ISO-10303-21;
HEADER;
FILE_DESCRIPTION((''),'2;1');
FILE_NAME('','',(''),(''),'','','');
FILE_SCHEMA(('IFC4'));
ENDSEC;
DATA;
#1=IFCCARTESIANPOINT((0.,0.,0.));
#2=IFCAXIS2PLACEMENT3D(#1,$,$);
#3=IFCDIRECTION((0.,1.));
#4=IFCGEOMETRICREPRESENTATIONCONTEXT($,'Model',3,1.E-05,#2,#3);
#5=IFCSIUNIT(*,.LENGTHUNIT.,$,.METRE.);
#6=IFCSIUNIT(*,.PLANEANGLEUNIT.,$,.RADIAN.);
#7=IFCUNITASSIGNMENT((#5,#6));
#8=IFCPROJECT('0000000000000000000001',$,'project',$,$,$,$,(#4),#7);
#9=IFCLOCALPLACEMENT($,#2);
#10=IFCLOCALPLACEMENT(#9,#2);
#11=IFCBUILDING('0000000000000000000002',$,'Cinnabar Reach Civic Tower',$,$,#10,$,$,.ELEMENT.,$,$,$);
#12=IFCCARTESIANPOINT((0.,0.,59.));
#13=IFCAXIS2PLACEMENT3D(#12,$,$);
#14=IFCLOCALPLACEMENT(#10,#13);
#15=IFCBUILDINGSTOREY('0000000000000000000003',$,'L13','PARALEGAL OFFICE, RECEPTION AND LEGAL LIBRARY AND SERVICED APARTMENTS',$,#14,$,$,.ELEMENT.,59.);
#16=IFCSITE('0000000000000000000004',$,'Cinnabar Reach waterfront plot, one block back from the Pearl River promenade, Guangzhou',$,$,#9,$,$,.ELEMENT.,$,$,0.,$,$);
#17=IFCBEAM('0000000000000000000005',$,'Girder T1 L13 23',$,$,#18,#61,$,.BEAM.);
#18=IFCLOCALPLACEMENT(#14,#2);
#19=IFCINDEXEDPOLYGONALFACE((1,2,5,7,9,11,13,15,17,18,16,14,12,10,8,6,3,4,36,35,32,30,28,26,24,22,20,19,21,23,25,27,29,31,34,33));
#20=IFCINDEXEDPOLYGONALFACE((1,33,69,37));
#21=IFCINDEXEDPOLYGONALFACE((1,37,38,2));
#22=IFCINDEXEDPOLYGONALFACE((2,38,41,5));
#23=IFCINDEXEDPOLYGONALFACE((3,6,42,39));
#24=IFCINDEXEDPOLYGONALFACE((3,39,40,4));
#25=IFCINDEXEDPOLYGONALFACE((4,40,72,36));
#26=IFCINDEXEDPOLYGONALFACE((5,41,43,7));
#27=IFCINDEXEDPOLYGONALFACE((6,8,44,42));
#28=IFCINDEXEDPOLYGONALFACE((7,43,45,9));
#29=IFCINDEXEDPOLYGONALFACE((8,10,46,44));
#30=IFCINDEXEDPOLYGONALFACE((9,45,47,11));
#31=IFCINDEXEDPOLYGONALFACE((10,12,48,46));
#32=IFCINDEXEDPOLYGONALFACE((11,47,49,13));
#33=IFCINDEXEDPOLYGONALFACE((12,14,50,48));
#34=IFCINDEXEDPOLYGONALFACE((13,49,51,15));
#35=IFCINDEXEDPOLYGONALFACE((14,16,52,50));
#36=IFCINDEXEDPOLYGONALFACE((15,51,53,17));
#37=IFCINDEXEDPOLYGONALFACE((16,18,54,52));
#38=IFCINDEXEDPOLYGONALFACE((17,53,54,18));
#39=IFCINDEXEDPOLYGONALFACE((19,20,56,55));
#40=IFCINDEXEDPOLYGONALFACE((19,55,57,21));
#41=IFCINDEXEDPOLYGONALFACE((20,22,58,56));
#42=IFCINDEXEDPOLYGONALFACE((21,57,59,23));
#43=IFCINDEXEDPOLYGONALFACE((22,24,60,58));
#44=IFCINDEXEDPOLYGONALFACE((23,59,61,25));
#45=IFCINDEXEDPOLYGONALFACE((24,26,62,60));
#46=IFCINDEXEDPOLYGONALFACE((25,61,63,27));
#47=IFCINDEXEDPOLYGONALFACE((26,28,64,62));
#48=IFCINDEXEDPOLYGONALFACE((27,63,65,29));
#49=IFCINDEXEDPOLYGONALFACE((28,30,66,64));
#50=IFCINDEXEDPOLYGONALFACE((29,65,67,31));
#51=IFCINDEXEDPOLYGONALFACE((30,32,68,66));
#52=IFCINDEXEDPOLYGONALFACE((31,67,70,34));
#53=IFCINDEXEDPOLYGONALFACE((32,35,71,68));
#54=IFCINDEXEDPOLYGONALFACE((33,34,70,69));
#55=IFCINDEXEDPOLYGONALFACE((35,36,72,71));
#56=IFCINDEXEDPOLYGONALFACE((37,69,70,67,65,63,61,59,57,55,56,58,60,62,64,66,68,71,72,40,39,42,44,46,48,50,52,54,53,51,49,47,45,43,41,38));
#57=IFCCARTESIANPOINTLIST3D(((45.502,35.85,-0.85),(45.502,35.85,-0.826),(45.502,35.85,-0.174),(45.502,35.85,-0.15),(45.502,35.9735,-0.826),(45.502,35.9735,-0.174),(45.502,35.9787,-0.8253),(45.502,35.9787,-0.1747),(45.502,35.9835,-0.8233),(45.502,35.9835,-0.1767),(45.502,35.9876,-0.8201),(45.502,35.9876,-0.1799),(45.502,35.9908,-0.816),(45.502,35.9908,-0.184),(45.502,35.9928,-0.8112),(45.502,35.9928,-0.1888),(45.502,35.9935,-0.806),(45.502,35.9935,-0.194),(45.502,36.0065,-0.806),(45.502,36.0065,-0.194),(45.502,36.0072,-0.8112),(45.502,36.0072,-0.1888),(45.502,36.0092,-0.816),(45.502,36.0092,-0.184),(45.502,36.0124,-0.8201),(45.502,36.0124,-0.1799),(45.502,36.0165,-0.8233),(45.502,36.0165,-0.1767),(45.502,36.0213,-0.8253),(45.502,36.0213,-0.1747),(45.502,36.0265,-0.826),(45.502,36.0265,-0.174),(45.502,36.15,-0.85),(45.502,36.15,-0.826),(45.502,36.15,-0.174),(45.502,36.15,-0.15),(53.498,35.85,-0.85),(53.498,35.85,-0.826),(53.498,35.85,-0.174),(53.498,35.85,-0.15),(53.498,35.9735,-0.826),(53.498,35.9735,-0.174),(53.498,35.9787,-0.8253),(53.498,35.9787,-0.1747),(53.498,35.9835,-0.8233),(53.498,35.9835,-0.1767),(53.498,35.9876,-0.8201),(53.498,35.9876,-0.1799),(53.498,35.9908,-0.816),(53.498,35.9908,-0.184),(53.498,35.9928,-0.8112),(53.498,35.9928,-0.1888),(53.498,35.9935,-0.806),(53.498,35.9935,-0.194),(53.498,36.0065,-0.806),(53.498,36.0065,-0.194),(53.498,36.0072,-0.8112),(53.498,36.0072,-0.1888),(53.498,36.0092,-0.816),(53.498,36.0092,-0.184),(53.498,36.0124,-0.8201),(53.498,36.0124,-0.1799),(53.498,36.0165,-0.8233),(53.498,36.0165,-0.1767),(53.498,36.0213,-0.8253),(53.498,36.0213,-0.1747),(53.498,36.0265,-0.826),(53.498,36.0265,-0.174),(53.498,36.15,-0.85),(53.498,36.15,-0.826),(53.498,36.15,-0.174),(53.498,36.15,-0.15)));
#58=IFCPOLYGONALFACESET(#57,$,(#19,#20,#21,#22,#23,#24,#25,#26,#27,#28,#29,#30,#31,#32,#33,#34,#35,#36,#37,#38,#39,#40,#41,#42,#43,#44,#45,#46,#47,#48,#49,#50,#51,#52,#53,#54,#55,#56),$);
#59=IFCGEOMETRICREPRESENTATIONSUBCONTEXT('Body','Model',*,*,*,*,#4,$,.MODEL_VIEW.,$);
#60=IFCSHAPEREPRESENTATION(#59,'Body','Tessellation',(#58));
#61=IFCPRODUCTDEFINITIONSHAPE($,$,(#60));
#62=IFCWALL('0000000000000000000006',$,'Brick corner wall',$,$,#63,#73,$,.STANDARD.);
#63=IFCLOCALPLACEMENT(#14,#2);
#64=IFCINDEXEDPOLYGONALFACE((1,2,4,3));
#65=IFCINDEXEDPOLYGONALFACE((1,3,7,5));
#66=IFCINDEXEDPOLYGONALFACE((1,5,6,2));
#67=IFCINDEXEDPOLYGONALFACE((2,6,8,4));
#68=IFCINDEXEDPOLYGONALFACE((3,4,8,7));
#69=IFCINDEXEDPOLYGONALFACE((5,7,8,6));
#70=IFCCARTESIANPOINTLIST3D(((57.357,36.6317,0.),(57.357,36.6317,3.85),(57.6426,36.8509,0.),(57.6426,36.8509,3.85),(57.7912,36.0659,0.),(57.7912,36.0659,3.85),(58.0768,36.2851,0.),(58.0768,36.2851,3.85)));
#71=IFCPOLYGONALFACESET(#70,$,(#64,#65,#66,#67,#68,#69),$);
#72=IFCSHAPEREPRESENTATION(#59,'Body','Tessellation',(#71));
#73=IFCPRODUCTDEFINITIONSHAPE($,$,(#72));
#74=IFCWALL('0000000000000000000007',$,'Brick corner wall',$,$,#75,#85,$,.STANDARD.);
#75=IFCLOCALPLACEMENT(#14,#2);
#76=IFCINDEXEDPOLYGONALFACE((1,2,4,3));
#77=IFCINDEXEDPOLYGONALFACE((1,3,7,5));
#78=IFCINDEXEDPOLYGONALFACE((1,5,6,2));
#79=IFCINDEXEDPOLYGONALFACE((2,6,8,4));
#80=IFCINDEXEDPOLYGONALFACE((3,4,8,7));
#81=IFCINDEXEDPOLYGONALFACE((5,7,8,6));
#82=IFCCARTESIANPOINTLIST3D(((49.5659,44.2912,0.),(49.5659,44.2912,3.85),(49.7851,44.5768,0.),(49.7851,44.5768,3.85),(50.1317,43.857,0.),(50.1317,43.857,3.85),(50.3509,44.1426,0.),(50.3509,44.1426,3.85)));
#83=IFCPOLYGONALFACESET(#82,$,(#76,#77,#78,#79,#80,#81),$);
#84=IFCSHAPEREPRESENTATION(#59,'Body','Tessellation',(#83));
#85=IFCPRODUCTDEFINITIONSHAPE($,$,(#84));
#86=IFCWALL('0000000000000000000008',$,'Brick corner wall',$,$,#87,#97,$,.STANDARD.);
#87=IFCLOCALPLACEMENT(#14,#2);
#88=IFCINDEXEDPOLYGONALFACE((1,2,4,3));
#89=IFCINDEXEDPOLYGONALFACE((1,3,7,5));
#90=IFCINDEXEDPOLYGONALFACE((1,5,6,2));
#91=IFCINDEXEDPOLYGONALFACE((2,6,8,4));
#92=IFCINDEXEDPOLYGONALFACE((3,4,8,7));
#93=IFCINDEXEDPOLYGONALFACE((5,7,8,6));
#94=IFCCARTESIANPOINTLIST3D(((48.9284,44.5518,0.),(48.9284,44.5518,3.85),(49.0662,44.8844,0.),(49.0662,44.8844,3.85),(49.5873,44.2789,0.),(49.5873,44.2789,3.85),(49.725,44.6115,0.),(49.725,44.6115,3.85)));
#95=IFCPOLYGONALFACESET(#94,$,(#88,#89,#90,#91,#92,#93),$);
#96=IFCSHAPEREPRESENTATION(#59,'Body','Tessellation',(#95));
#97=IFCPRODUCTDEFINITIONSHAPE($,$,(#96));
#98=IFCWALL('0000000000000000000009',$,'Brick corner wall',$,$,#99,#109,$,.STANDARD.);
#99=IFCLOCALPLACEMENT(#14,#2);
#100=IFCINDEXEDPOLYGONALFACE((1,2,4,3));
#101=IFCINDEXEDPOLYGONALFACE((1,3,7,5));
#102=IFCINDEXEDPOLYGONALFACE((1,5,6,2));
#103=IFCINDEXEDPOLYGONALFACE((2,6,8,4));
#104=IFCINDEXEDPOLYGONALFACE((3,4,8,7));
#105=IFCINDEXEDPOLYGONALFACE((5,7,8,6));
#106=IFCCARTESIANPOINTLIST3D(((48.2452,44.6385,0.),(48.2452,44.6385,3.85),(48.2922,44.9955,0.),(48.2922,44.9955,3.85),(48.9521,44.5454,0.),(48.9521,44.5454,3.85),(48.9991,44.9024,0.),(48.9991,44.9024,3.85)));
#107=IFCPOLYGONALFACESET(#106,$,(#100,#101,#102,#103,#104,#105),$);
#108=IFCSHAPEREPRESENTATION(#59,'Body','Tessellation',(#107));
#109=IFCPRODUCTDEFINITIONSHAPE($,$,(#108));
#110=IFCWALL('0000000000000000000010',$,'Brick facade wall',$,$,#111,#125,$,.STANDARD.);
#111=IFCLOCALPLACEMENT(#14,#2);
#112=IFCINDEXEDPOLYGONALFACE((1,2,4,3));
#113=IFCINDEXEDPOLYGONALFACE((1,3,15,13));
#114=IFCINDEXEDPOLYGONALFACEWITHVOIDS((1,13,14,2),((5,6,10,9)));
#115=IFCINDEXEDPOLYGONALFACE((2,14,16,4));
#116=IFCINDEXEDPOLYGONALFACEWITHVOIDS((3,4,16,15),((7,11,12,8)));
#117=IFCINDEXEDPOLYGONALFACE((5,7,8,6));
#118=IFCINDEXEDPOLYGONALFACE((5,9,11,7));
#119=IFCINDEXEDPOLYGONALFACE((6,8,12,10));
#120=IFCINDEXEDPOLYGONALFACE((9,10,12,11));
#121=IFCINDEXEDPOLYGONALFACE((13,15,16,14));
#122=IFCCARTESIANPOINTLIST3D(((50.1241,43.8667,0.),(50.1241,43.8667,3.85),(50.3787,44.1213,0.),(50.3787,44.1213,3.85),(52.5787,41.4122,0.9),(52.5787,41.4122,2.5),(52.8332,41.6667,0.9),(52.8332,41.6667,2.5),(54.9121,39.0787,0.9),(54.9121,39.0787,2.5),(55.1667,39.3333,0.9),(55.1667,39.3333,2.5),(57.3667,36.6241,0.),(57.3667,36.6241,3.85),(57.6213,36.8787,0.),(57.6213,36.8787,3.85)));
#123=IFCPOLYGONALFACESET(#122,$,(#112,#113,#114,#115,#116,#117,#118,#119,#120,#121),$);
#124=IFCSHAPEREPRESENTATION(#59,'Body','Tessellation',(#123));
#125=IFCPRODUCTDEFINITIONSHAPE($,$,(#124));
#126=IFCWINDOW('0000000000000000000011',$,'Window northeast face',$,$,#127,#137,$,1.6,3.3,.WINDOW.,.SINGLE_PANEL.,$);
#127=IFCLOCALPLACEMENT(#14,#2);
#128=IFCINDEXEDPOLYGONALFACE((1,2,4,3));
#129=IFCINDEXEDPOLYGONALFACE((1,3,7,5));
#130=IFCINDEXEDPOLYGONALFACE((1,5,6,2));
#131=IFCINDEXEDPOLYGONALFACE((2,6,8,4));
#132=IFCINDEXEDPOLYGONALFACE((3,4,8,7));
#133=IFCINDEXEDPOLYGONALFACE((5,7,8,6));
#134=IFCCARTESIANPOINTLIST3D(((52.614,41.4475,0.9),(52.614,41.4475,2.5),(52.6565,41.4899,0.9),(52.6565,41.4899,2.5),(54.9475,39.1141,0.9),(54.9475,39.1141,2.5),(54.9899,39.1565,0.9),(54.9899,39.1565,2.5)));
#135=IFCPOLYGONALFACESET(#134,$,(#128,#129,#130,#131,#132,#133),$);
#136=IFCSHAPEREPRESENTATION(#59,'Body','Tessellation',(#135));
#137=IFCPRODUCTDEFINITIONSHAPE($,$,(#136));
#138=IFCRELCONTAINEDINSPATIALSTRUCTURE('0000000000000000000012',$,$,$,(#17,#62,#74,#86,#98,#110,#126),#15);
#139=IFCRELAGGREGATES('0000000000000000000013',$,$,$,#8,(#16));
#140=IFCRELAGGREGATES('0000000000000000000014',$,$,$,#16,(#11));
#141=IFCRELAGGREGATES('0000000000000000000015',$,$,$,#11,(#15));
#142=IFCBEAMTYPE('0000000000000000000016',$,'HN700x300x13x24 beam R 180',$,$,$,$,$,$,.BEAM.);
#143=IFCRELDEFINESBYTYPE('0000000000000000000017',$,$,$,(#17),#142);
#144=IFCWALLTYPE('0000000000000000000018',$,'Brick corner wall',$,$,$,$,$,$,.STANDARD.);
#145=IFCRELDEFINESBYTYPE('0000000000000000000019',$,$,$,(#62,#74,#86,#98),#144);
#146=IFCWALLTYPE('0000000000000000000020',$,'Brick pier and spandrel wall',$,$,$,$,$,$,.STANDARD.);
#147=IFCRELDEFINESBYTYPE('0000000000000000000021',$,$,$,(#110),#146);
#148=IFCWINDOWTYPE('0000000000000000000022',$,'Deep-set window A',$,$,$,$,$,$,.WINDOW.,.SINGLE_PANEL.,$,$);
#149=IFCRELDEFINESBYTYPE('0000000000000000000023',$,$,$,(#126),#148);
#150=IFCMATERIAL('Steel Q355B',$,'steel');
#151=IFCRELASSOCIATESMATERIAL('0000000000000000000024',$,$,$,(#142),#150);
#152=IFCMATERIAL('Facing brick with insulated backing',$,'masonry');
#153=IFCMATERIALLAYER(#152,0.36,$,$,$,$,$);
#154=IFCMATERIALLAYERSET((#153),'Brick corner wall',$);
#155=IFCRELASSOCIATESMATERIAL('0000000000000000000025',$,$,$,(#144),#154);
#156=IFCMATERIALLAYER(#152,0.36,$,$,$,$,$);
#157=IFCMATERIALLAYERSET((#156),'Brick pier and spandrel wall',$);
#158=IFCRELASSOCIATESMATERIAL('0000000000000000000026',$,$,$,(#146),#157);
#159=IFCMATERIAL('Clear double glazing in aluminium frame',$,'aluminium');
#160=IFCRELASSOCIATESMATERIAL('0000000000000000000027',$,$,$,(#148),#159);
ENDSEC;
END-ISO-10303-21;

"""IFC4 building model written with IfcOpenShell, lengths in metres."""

from ifc_helpers import new_model, si_unit, direction, frame, frame_2d, origin, origin_2d, place, context, subcontext, project, spatial, rectangle, i_section, extrude, material, layer, layer_set, material_profile, profile_set, type_object, element, fill, save


model = new_model("IFC4")

# Units and contexts
model_context = context("Model", 3, precision=1e-05, world=origin(), true_north=direction((0.0, 1.0)))
body_context = subcontext(model_context, "Body", "Model", "MODEL_VIEW")
ifc_project = project(units=[si_unit("LENGTHUNIT", "METRE"), si_unit("PLANEANGLEUNIT", "RADIAN")], contexts=[model_context])

# Site, building, storey
site_placement = place(None, origin())
site = spatial("IfcSite", under=ifc_project, at=site_placement, Name="Cinnabar Reach waterfront plot, one block back from the Pearl River promenade, Guangzhou", CompositionType="ELEMENT", RefElevation=0.0)
building_placement = place(site_placement, origin())
building = spatial("IfcBuilding", under=site, at=building_placement, Name="Cinnabar Reach Civic Tower", CompositionType="ELEMENT")
storey_placement = place(building_placement, frame((0.0, 0.0, 59.0)))
storey = spatial("IfcBuildingStorey", under=building, at=storey_placement, Name="L13", Description="PARALEGAL OFFICE, RECEPTION AND LEGAL LIBRARY AND SERVICED APARTMENTS", CompositionType="ELEMENT", Elevation=59.0)

# Beam
ifc_material_1 = material(Name="Steel Q355B", Category="steel")
ifc_material_profile_1 = material_profile(ifc_material_1, i_section(OverallWidth=0.3, OverallDepth=0.7, WebThickness=0.013, FlangeThickness=0.024, FilletRadius=0.02, at=origin_2d()), Name="HN700x300x13x24")
ifc_profile_set_1 = profile_set([ifc_material_profile_1], Name="Steel Q355B")
beam_type_1 = type_object("IfcBeamType", Name="HN700x300x13x24 beam R 180", PredefinedType="BEAM", material=ifc_profile_set_1)
beam_1_placement = place(storey_placement, frame((45.502, 36.0, -0.5), z_axis=(1.0, 0.0, 0.0), x_axis=(0.0, 1.0, 0.0)))
element("IfcBeam", 1, at=beam_1_placement, inside=storey, type_object=beam_type_1, Name="Girder T1 L13 23", PredefinedType="BEAM", context=body_context, shape_type="SweptSolid", body=[
    extrude(i_section(OverallWidth=0.3, OverallDepth=0.7, WebThickness=0.013, FlangeThickness=0.024, FilletRadius=0.02, at=origin_2d()), origin(), (0.0, 0.0, 1.0), 7.996),
])

# Walls
ifc_material_2 = material(Name="Facing brick with insulated backing", Category="masonry")
ifc_layer_1 = layer(ifc_material_2, 0.36)
ifc_layer_set_1 = layer_set([ifc_layer_1], Name="Brick corner wall")
wall_type_1 = type_object("IfcWallType", Name="Brick corner wall", PredefinedType="STANDARD", material=ifc_layer_set_1)
for number, where, z_axis, x_axis, name in (
    (2, (57.934, 36.1755, 0.0), (0.0, 0.0, 1.0), (-0.608802, 0.793322, 0.0), "Brick corner wall"),
    (3, (50.2413, 43.9998, 0.0), (0.0, 0.0, 1.0), (-0.793322, 0.608802, 0.0), "Brick corner wall"),
):
    element("IfcWall", number, at=place(storey_placement, frame(where, z_axis=z_axis, x_axis=x_axis)), inside=storey, type_object=wall_type_1, Name=name, PredefinedType="STANDARD", context=body_context, shape_type="SweptSolid", body=[
        extrude(rectangle(XDim=0.7132, YDim=0.36, at=frame_2d((0.3566, 0.0))), origin(), (0.0, 0.0, 1.0), 3.85),
    ])
for number, where, z_axis, x_axis, name in (
    (4, (49.6561, 44.4452, 0.0), (0.0, 0.0, 1.0), (-0.923872, 0.382703, 0.0), "Brick corner wall"),
    (5, (48.9756, 44.7239, 0.0), (0.0, 0.0, 1.0), (-0.991441, 0.130556, 0.0), "Brick corner wall"),
):
    element("IfcWall", number, at=place(storey_placement, frame(where, z_axis=z_axis, x_axis=x_axis)), inside=storey, type_object=wall_type_1, Name=name, PredefinedType="STANDARD", context=body_context, shape_type="SweptSolid", body=[
        extrude(rectangle(XDim=0.7131, YDim=0.36, at=frame_2d((0.3565, 0.0))), origin(), (0.0, 0.0, 1.0), 3.85),
    ])

# Wall, opening, window
ifc_layer_2 = layer(ifc_material_2, 0.36)
ifc_layer_set_2 = layer_set([ifc_layer_2], Name="Brick pier and spandrel wall")
wall_type_2 = type_object("IfcWallType", Name="Brick pier and spandrel wall", PredefinedType="STANDARD", material=ifc_layer_set_2)
wall_1_placement = place(storey_placement, frame((57.494, 36.7514, 0.0), z_axis=(0.0, 0.0, 1.0), x_axis=(-0.707107, 0.707107, 0.0)))
wall_1 = element("IfcWall", 6, at=wall_1_placement, inside=storey, type_object=wall_type_2, Name="Brick facade wall", PredefinedType="STANDARD", context=body_context, shape_type="SweptSolid", body=[
    extrude(rectangle(XDim=10.2426, YDim=0.36, at=frame_2d((5.1213, 0.0))), origin(), (0.0, 0.0, 1.0), 3.85),
])
opening_1_placement = place(wall_1_placement, frame((3.4713, 0.0, 0.9)))
opening_1 = element("IfcOpeningElement", 7, at=opening_1_placement, cuts=wall_1, PredefinedType="OPENING", context=body_context, shape_type="SweptSolid", body=[
    extrude(rectangle(XDim=3.3, YDim=1.6, at=frame_2d((1.65, 0.8))), frame((0.0, 0.19, 0.0), z_axis=(0.0, -1.0, 0.0), x_axis=(1.0, 0.0, 0.0)), (0.0, 0.0, 1.0), 0.38),
])
ifc_material_3 = material(Name="Clear double glazing in aluminium frame", Category="aluminium")
window_type_1 = type_object("IfcWindowType", Name="Deep-set window A", PartitioningType="SINGLE_PANEL", PredefinedType="WINDOW", material=ifc_material_3)
window_1_placement = place(opening_1_placement, origin())
window_1 = element("IfcWindow", 8, at=window_1_placement, inside=storey, type_object=window_type_1, Name="Window northeast face", OverallHeight=1.6, OverallWidth=3.3, PartitioningType="SINGLE_PANEL", PredefinedType="WINDOW", context=body_context, shape_type="SweptSolid", body=[
    extrude(rectangle(XDim=3.3, YDim=1.6, at=frame_2d((1.65, 0.8))), frame((0.0, 0.13, 0.0), z_axis=(0.0, -1.0, 0.0), x_axis=(1.0, 0.0, 0.0)), (0.0, 0.0, 1.0), 0.06),
])
fill(opening_1, window_1)

save(model, "model.ifc")
